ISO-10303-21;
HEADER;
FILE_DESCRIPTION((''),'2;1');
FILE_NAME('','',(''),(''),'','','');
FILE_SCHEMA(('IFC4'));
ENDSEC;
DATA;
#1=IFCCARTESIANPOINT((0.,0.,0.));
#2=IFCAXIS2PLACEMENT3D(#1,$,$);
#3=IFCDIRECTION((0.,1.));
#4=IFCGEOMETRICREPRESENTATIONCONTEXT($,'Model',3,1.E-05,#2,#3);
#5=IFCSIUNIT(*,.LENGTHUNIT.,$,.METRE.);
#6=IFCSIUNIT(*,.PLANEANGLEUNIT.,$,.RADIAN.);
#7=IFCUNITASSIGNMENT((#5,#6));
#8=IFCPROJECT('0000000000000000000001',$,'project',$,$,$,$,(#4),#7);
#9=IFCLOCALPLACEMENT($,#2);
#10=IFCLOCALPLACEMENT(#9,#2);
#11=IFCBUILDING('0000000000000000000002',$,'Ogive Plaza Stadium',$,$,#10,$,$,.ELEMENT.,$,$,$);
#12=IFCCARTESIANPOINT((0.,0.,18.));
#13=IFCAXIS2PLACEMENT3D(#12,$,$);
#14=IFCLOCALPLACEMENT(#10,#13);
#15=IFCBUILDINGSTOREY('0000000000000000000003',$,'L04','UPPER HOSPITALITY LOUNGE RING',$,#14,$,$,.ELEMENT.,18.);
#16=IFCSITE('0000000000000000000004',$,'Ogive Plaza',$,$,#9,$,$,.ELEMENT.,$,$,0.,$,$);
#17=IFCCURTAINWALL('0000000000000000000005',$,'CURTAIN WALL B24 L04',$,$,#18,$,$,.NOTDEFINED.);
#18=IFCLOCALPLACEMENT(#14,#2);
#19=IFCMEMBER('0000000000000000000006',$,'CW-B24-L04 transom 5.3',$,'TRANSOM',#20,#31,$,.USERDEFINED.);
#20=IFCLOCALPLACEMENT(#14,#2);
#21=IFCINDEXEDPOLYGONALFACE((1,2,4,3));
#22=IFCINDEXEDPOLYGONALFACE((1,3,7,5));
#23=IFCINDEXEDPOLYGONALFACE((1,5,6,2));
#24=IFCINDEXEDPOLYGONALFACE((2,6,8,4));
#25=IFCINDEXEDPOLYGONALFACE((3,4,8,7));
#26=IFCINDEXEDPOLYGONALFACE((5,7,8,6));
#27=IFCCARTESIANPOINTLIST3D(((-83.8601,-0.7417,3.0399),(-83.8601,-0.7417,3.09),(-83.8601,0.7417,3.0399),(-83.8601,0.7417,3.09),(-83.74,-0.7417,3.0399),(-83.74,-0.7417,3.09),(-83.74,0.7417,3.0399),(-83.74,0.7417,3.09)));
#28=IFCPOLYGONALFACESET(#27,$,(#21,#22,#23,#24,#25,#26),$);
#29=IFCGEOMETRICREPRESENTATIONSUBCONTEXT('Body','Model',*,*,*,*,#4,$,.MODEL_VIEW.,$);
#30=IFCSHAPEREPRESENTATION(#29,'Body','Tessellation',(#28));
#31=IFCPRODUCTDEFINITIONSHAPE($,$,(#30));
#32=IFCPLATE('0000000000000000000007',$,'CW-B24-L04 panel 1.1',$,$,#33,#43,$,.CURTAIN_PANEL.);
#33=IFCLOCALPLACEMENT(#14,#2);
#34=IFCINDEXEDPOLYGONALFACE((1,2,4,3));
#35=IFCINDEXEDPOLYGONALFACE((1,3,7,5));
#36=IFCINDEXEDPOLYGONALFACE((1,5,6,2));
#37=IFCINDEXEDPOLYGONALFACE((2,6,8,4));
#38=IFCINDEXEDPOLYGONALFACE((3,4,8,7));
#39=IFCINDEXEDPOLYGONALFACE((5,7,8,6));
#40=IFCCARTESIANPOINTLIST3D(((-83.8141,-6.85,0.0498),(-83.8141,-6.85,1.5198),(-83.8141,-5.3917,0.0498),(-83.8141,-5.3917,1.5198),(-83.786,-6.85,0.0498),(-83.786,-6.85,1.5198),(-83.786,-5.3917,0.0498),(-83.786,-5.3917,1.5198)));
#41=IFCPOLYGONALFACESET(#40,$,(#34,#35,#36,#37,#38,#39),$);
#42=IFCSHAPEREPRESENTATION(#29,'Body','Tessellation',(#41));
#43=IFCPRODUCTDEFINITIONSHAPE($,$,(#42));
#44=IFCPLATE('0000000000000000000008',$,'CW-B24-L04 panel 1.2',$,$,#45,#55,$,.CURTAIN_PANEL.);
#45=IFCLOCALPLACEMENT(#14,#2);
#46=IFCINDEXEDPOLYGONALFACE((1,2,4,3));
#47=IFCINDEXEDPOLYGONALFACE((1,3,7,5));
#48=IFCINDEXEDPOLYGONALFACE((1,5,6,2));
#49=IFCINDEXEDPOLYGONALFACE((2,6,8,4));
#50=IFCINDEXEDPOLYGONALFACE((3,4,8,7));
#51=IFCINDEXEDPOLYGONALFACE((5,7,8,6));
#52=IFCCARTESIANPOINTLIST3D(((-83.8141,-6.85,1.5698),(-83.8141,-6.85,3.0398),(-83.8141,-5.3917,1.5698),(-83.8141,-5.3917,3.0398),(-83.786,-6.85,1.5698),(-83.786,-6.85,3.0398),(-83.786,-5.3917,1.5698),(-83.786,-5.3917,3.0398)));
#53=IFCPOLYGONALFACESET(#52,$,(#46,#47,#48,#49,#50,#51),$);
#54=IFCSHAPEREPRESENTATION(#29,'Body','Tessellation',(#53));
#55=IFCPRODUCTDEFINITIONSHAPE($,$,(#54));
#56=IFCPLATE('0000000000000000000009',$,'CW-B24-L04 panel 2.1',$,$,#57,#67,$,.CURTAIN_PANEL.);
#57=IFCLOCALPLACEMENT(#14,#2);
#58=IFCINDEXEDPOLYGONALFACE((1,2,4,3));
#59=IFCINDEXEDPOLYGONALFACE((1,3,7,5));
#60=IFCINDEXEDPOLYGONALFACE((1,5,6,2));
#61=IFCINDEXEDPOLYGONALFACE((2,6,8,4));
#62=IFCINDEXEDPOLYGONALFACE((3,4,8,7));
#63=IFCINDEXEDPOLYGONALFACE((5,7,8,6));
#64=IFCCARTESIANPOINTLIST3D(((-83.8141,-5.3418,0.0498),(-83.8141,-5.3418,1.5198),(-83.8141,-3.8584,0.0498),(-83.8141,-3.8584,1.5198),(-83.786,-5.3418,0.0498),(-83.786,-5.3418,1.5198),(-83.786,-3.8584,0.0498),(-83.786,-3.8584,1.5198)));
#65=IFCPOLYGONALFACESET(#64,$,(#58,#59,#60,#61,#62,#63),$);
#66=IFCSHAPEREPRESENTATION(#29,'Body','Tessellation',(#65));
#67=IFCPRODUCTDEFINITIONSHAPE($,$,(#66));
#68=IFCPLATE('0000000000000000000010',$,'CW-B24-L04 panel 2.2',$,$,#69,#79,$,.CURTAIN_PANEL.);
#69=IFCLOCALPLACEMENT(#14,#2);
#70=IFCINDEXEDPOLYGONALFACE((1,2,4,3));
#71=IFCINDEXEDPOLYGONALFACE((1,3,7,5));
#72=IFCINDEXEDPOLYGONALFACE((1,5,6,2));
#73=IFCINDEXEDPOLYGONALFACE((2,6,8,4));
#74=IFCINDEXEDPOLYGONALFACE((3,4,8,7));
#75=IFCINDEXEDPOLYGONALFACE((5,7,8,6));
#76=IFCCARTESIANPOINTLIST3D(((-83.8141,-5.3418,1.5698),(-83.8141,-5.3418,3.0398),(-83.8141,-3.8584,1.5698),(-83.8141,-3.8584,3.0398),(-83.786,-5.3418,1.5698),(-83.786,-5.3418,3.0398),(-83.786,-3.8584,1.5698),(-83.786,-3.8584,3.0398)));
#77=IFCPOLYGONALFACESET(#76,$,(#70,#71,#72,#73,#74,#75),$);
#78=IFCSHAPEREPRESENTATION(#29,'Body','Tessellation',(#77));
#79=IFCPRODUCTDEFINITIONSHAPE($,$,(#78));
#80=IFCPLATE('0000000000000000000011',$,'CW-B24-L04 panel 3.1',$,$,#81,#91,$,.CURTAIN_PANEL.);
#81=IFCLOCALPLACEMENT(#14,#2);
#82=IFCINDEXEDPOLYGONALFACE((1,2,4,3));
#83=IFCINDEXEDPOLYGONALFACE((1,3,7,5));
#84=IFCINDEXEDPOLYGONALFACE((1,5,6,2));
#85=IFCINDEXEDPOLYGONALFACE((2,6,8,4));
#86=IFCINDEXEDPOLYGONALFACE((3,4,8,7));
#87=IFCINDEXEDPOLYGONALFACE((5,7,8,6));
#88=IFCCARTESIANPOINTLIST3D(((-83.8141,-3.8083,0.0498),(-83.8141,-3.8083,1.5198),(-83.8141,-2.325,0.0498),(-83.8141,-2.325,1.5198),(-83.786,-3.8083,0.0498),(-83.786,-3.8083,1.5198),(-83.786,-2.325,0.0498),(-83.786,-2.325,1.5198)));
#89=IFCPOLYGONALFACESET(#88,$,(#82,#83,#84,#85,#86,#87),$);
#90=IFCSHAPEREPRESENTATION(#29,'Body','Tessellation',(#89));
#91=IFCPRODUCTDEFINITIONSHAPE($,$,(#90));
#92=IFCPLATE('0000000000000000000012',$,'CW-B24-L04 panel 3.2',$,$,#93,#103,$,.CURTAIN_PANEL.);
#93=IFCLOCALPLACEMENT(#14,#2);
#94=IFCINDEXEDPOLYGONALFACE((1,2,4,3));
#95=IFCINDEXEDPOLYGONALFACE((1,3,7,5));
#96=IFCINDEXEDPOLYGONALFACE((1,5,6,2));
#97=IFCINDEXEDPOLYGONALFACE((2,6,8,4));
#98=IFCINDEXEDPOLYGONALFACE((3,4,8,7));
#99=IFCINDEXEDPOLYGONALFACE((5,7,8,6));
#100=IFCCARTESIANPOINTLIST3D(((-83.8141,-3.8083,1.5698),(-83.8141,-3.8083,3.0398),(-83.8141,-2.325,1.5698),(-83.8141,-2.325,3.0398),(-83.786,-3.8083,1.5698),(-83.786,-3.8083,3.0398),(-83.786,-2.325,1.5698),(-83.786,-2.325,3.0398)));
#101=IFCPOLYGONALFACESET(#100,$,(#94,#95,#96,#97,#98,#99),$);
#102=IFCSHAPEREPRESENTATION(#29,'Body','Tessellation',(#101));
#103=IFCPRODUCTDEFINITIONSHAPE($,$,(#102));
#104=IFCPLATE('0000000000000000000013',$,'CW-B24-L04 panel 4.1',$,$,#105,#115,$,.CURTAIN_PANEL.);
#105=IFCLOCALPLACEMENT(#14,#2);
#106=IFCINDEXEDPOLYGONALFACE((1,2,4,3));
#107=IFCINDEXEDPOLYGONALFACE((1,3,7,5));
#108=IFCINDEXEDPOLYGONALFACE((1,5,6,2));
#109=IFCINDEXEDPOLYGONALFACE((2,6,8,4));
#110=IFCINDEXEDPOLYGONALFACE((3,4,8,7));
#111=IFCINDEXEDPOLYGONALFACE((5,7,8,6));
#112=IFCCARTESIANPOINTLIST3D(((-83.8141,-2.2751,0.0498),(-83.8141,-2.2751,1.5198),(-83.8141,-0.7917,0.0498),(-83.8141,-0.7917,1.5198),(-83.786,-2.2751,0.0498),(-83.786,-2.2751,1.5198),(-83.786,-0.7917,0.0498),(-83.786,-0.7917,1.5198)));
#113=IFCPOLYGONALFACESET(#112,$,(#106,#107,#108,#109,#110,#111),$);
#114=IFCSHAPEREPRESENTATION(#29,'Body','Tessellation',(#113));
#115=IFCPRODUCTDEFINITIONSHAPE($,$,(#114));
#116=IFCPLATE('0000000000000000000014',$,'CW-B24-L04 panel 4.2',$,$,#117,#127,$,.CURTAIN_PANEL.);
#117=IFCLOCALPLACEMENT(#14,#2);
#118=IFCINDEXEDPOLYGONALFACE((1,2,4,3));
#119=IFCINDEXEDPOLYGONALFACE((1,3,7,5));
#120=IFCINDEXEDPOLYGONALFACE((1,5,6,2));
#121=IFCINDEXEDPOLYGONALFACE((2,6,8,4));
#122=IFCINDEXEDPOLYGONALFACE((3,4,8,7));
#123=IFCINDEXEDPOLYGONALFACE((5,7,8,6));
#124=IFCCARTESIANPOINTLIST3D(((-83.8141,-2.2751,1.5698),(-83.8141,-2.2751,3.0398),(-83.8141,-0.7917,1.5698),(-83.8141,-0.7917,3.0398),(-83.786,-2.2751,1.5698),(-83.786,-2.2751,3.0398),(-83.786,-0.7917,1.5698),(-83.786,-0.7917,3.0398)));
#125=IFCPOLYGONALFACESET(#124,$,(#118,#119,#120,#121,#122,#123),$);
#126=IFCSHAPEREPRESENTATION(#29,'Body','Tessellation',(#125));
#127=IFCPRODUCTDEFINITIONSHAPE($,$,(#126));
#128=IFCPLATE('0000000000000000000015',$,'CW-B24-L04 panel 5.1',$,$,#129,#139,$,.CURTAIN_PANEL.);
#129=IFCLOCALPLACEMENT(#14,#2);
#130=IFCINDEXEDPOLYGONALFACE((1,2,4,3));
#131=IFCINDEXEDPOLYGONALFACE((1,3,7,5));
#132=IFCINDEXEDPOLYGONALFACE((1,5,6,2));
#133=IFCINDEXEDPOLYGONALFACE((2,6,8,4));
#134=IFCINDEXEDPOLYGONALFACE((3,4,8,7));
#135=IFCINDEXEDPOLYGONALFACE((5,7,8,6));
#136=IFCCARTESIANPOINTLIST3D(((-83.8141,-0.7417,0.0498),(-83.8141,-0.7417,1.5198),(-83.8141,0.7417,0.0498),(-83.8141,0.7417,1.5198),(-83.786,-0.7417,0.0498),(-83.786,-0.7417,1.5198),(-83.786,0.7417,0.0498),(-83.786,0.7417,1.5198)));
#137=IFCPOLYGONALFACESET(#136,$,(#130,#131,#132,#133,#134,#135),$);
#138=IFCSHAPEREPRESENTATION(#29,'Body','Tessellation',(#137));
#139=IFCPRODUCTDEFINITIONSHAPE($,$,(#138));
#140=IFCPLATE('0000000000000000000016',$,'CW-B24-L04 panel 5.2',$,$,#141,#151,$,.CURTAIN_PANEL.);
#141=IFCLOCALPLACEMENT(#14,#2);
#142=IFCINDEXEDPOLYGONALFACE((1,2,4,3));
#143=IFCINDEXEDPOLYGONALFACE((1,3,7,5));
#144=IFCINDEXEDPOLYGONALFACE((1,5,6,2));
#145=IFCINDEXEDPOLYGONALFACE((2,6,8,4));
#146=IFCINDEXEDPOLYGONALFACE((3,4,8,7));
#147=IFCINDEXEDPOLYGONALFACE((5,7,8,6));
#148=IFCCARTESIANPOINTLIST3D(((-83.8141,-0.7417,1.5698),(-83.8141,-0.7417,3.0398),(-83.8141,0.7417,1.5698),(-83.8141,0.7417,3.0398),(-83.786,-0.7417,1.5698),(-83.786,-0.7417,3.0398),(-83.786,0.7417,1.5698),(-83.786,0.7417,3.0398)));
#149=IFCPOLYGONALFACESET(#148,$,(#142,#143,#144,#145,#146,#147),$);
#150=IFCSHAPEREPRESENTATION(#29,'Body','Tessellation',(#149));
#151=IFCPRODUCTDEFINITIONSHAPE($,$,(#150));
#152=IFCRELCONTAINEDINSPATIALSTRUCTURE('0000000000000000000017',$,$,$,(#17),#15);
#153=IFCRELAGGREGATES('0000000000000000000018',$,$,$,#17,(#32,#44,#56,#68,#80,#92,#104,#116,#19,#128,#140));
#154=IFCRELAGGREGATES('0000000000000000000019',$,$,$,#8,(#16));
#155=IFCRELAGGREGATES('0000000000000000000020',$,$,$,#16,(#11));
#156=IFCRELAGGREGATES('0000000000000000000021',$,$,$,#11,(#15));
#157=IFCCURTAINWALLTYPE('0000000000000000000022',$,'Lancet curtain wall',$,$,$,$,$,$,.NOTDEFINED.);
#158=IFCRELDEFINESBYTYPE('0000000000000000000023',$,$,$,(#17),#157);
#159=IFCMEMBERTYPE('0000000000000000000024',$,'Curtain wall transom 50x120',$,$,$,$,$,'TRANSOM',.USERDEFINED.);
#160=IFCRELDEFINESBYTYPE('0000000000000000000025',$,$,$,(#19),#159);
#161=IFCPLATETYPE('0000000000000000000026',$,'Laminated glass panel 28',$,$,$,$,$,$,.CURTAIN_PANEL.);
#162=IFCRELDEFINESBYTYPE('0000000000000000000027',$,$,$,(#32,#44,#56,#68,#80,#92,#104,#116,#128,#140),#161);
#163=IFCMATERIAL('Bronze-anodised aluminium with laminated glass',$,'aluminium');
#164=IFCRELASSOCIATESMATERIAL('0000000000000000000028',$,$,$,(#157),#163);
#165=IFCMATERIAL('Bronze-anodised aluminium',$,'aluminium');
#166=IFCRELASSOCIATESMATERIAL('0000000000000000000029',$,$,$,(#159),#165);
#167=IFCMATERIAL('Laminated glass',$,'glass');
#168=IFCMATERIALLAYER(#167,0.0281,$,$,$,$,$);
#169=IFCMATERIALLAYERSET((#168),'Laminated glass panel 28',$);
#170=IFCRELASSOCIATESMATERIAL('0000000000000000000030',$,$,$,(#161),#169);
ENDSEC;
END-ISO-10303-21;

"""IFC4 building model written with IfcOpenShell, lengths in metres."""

from ifc_helpers import new_model, si_unit, direction, frame, origin, origin_2d, place, context, subcontext, project, spatial, rectangle, extrude, material, layer, layer_set, material_profile, profile_set, type_object, element, aggregate, save


model = new_model("IFC4")

# Units and contexts
model_context = context("Model", 3, precision=1e-05, world=origin(), true_north=direction((0.0, 1.0)))
body_context = subcontext(model_context, "Body", "Model", "MODEL_VIEW")
ifc_project = project(units=[si_unit("LENGTHUNIT", "METRE"), si_unit("PLANEANGLEUNIT", "RADIAN")], contexts=[model_context])

# Site, building, storey
site_placement = place(None, origin())
site = spatial("IfcSite", under=ifc_project, at=site_placement, Name="Ogive Plaza", CompositionType="ELEMENT", RefElevation=0.0)
building_placement = place(site_placement, origin())
building = spatial("IfcBuilding", under=site, at=building_placement, Name="Ogive Plaza Stadium", CompositionType="ELEMENT")
storey_placement = place(building_placement, frame((0.0, 0.0, 18.0)))
storey = spatial("IfcBuildingStorey", under=building, at=storey_placement, Name="L04", Description="UPPER HOSPITALITY LOUNGE RING", CompositionType="ELEMENT", Elevation=18.0)

# Curtain wall, member, plates
ifc_material_1 = material(Name="Bronze-anodised aluminium with laminated glass", Category="aluminium")
curtain_wall_type = type_object("IfcCurtainWallType", Name="Lancet curtain wall", PredefinedType="NOTDEFINED", material=ifc_material_1)
curtain_wall_placement = place(storey_placement, origin())
curtain_wall = element("IfcCurtainWall", 1, at=curtain_wall_placement, inside=storey, type_object=curtain_wall_type, Name="CURTAIN WALL B24 L04", PredefinedType="NOTDEFINED")
ifc_material_2 = material(Name="Bronze-anodised aluminium", Category="aluminium")
ifc_material_profile_1 = material_profile(ifc_material_2, rectangle(XDim=0.1201, YDim=0.05, at=origin_2d()), Name="AL 120x50")
ifc_profile_set_1 = profile_set([ifc_material_profile_1], Name="Bronze-anodised aluminium")
member_type_1 = type_object("IfcMemberType", Name="Curtain wall transom 50x120", ElementType="TRANSOM", PredefinedType="USERDEFINED", material=ifc_profile_set_1)
member_1_placement = place(storey_placement, frame((-83.8, -0.7417, 3.0649), z_axis=(0.0, 1.0, 0.0), x_axis=(-1.0, 0.0, 0.0)))
member_1 = element("IfcMember", 2, at=member_1_placement, type_object=member_type_1, Name="CW-B24-L04 transom 5.3", ObjectType="TRANSOM", PredefinedType="USERDEFINED", context=body_context, shape_type="SweptSolid", body=[
    extrude(rectangle(XDim=0.1201, YDim=0.05, at=origin_2d()), origin(), (0.0, 0.0, 1.0), 1.4834),
])
ifc_material_3 = material(Name="Laminated glass", Category="glass")
ifc_layer = layer(ifc_material_3, 0.0281)
ifc_layer_set = layer_set([ifc_layer], Name="Laminated glass panel 28")
plate_type = type_object("IfcPlateType", Name="Laminated glass panel 28", PredefinedType="CURTAIN_PANEL", material=ifc_layer_set)
plate_1_placement = place(storey_placement, frame((-83.8, -6.1208, 0.0498), z_axis=(0.0, 0.0, 1.0), x_axis=(0.0, 1.0, 0.0)))
plate_1 = element("IfcPlate", 3, at=plate_1_placement, type_object=plate_type, Name="CW-B24-L04 panel 1.1", PredefinedType="CURTAIN_PANEL", context=body_context, shape_type="SweptSolid", body=[
    extrude(rectangle(XDim=1.4583, YDim=0.0281, at=origin_2d()), origin(), (0.0, 0.0, 1.0), 1.47),
])
plate_2_placement = place(storey_placement, frame((-83.8, -6.1208, 1.5698), z_axis=(0.0, 0.0, 1.0), x_axis=(0.0, 1.0, 0.0)))
plate_2 = element("IfcPlate", 4, at=plate_2_placement, type_object=plate_type, Name="CW-B24-L04 panel 1.2", PredefinedType="CURTAIN_PANEL", context=body_context, shape_type="SweptSolid", body=[
    extrude(rectangle(XDim=1.4583, YDim=0.0281, at=origin_2d()), origin(), (0.0, 0.0, 1.0), 1.47),
])
plate_3_placement = place(storey_placement, frame((-83.8, -4.6001, 0.0498), z_axis=(0.0, 0.0, 1.0), x_axis=(0.0, 1.0, 0.0)))
plate_3 = element("IfcPlate", 5, at=plate_3_placement, type_object=plate_type, Name="CW-B24-L04 panel 2.1", PredefinedType="CURTAIN_PANEL", context=body_context, shape_type="SweptSolid", body=[
    extrude(rectangle(XDim=1.4834, YDim=0.0281, at=origin_2d()), origin(), (0.0, 0.0, 1.0), 1.47),
])
plate_4_placement = place(storey_placement, frame((-83.8, -4.6001, 1.5698), z_axis=(0.0, 0.0, 1.0), x_axis=(0.0, 1.0, 0.0)))
plate_4 = element("IfcPlate", 6, at=plate_4_placement, type_object=plate_type, Name="CW-B24-L04 panel 2.2", PredefinedType="CURTAIN_PANEL", context=body_context, shape_type="SweptSolid", body=[
    extrude(rectangle(XDim=1.4834, YDim=0.0281, at=origin_2d()), origin(), (0.0, 0.0, 1.0), 1.47),
])
plate_5_placement = place(storey_placement, frame((-83.8, -3.0667, 0.0498), z_axis=(0.0, 0.0, 1.0), x_axis=(0.0, 1.0, 0.0)))
plate_5 = element("IfcPlate", 7, at=plate_5_placement, type_object=plate_type, Name="CW-B24-L04 panel 3.1", PredefinedType="CURTAIN_PANEL", context=body_context, shape_type="SweptSolid", body=[
    extrude(rectangle(XDim=1.4834, YDim=0.0281, at=origin_2d()), origin(), (0.0, 0.0, 1.0), 1.47),
])
plate_6_placement = place(storey_placement, frame((-83.8, -3.0667, 1.5698), z_axis=(0.0, 0.0, 1.0), x_axis=(0.0, 1.0, 0.0)))
plate_6 = element("IfcPlate", 8, at=plate_6_placement, type_object=plate_type, Name="CW-B24-L04 panel 3.2", PredefinedType="CURTAIN_PANEL", context=body_context, shape_type="SweptSolid", body=[
    extrude(rectangle(XDim=1.4834, YDim=0.0281, at=origin_2d()), origin(), (0.0, 0.0, 1.0), 1.47),
])
plate_7_placement = place(storey_placement, frame((-83.8, -1.5334, 0.0498), z_axis=(0.0, 0.0, 1.0), x_axis=(0.0, 1.0, 0.0)))
plate_7 = element("IfcPlate", 9, at=plate_7_placement, type_object=plate_type, Name="CW-B24-L04 panel 4.1", PredefinedType="CURTAIN_PANEL", context=body_context, shape_type="SweptSolid", body=[
    extrude(rectangle(XDim=1.4834, YDim=0.0281, at=origin_2d()), origin(), (0.0, 0.0, 1.0), 1.47),
])
plate_8_placement = place(storey_placement, frame((-83.8, -1.5334, 1.5698), z_axis=(0.0, 0.0, 1.0), x_axis=(0.0, 1.0, 0.0)))
plate_8 = element("IfcPlate", 10, at=plate_8_placement, type_object=plate_type, Name="CW-B24-L04 panel 4.2", PredefinedType="CURTAIN_PANEL", context=body_context, shape_type="SweptSolid", body=[
    extrude(rectangle(XDim=1.4834, YDim=0.0281, at=origin_2d()), origin(), (0.0, 0.0, 1.0), 1.47),
])
plate_9_placement = place(storey_placement, frame((-83.8, 0.0, 0.0498), z_axis=(0.0, 0.0, 1.0), x_axis=(0.0, 1.0, 0.0)))
plate_9 = element("IfcPlate", 11, at=plate_9_placement, type_object=plate_type, Name="CW-B24-L04 panel 5.1", PredefinedType="CURTAIN_PANEL", context=body_context, shape_type="SweptSolid", body=[
    extrude(rectangle(XDim=1.4834, YDim=0.0281, at=origin_2d()), origin(), (0.0, 0.0, 1.0), 1.47),
])
plate_10_placement = place(storey_placement, frame((-83.8, 0.0, 1.5698), z_axis=(0.0, 0.0, 1.0), x_axis=(0.0, 1.0, 0.0)))
plate_10 = element("IfcPlate", 12, at=plate_10_placement, type_object=plate_type, Name="CW-B24-L04 panel 5.2", PredefinedType="CURTAIN_PANEL", context=body_context, shape_type="SweptSolid", body=[
    extrude(rectangle(XDim=1.4834, YDim=0.0281, at=origin_2d()), origin(), (0.0, 0.0, 1.0), 1.47),
])
aggregate(curtain_wall, [plate_1, plate_2, plate_3, plate_4, plate_5, plate_6, plate_7, plate_8, member_1, plate_9, plate_10])

save(model, "model.ifc")
